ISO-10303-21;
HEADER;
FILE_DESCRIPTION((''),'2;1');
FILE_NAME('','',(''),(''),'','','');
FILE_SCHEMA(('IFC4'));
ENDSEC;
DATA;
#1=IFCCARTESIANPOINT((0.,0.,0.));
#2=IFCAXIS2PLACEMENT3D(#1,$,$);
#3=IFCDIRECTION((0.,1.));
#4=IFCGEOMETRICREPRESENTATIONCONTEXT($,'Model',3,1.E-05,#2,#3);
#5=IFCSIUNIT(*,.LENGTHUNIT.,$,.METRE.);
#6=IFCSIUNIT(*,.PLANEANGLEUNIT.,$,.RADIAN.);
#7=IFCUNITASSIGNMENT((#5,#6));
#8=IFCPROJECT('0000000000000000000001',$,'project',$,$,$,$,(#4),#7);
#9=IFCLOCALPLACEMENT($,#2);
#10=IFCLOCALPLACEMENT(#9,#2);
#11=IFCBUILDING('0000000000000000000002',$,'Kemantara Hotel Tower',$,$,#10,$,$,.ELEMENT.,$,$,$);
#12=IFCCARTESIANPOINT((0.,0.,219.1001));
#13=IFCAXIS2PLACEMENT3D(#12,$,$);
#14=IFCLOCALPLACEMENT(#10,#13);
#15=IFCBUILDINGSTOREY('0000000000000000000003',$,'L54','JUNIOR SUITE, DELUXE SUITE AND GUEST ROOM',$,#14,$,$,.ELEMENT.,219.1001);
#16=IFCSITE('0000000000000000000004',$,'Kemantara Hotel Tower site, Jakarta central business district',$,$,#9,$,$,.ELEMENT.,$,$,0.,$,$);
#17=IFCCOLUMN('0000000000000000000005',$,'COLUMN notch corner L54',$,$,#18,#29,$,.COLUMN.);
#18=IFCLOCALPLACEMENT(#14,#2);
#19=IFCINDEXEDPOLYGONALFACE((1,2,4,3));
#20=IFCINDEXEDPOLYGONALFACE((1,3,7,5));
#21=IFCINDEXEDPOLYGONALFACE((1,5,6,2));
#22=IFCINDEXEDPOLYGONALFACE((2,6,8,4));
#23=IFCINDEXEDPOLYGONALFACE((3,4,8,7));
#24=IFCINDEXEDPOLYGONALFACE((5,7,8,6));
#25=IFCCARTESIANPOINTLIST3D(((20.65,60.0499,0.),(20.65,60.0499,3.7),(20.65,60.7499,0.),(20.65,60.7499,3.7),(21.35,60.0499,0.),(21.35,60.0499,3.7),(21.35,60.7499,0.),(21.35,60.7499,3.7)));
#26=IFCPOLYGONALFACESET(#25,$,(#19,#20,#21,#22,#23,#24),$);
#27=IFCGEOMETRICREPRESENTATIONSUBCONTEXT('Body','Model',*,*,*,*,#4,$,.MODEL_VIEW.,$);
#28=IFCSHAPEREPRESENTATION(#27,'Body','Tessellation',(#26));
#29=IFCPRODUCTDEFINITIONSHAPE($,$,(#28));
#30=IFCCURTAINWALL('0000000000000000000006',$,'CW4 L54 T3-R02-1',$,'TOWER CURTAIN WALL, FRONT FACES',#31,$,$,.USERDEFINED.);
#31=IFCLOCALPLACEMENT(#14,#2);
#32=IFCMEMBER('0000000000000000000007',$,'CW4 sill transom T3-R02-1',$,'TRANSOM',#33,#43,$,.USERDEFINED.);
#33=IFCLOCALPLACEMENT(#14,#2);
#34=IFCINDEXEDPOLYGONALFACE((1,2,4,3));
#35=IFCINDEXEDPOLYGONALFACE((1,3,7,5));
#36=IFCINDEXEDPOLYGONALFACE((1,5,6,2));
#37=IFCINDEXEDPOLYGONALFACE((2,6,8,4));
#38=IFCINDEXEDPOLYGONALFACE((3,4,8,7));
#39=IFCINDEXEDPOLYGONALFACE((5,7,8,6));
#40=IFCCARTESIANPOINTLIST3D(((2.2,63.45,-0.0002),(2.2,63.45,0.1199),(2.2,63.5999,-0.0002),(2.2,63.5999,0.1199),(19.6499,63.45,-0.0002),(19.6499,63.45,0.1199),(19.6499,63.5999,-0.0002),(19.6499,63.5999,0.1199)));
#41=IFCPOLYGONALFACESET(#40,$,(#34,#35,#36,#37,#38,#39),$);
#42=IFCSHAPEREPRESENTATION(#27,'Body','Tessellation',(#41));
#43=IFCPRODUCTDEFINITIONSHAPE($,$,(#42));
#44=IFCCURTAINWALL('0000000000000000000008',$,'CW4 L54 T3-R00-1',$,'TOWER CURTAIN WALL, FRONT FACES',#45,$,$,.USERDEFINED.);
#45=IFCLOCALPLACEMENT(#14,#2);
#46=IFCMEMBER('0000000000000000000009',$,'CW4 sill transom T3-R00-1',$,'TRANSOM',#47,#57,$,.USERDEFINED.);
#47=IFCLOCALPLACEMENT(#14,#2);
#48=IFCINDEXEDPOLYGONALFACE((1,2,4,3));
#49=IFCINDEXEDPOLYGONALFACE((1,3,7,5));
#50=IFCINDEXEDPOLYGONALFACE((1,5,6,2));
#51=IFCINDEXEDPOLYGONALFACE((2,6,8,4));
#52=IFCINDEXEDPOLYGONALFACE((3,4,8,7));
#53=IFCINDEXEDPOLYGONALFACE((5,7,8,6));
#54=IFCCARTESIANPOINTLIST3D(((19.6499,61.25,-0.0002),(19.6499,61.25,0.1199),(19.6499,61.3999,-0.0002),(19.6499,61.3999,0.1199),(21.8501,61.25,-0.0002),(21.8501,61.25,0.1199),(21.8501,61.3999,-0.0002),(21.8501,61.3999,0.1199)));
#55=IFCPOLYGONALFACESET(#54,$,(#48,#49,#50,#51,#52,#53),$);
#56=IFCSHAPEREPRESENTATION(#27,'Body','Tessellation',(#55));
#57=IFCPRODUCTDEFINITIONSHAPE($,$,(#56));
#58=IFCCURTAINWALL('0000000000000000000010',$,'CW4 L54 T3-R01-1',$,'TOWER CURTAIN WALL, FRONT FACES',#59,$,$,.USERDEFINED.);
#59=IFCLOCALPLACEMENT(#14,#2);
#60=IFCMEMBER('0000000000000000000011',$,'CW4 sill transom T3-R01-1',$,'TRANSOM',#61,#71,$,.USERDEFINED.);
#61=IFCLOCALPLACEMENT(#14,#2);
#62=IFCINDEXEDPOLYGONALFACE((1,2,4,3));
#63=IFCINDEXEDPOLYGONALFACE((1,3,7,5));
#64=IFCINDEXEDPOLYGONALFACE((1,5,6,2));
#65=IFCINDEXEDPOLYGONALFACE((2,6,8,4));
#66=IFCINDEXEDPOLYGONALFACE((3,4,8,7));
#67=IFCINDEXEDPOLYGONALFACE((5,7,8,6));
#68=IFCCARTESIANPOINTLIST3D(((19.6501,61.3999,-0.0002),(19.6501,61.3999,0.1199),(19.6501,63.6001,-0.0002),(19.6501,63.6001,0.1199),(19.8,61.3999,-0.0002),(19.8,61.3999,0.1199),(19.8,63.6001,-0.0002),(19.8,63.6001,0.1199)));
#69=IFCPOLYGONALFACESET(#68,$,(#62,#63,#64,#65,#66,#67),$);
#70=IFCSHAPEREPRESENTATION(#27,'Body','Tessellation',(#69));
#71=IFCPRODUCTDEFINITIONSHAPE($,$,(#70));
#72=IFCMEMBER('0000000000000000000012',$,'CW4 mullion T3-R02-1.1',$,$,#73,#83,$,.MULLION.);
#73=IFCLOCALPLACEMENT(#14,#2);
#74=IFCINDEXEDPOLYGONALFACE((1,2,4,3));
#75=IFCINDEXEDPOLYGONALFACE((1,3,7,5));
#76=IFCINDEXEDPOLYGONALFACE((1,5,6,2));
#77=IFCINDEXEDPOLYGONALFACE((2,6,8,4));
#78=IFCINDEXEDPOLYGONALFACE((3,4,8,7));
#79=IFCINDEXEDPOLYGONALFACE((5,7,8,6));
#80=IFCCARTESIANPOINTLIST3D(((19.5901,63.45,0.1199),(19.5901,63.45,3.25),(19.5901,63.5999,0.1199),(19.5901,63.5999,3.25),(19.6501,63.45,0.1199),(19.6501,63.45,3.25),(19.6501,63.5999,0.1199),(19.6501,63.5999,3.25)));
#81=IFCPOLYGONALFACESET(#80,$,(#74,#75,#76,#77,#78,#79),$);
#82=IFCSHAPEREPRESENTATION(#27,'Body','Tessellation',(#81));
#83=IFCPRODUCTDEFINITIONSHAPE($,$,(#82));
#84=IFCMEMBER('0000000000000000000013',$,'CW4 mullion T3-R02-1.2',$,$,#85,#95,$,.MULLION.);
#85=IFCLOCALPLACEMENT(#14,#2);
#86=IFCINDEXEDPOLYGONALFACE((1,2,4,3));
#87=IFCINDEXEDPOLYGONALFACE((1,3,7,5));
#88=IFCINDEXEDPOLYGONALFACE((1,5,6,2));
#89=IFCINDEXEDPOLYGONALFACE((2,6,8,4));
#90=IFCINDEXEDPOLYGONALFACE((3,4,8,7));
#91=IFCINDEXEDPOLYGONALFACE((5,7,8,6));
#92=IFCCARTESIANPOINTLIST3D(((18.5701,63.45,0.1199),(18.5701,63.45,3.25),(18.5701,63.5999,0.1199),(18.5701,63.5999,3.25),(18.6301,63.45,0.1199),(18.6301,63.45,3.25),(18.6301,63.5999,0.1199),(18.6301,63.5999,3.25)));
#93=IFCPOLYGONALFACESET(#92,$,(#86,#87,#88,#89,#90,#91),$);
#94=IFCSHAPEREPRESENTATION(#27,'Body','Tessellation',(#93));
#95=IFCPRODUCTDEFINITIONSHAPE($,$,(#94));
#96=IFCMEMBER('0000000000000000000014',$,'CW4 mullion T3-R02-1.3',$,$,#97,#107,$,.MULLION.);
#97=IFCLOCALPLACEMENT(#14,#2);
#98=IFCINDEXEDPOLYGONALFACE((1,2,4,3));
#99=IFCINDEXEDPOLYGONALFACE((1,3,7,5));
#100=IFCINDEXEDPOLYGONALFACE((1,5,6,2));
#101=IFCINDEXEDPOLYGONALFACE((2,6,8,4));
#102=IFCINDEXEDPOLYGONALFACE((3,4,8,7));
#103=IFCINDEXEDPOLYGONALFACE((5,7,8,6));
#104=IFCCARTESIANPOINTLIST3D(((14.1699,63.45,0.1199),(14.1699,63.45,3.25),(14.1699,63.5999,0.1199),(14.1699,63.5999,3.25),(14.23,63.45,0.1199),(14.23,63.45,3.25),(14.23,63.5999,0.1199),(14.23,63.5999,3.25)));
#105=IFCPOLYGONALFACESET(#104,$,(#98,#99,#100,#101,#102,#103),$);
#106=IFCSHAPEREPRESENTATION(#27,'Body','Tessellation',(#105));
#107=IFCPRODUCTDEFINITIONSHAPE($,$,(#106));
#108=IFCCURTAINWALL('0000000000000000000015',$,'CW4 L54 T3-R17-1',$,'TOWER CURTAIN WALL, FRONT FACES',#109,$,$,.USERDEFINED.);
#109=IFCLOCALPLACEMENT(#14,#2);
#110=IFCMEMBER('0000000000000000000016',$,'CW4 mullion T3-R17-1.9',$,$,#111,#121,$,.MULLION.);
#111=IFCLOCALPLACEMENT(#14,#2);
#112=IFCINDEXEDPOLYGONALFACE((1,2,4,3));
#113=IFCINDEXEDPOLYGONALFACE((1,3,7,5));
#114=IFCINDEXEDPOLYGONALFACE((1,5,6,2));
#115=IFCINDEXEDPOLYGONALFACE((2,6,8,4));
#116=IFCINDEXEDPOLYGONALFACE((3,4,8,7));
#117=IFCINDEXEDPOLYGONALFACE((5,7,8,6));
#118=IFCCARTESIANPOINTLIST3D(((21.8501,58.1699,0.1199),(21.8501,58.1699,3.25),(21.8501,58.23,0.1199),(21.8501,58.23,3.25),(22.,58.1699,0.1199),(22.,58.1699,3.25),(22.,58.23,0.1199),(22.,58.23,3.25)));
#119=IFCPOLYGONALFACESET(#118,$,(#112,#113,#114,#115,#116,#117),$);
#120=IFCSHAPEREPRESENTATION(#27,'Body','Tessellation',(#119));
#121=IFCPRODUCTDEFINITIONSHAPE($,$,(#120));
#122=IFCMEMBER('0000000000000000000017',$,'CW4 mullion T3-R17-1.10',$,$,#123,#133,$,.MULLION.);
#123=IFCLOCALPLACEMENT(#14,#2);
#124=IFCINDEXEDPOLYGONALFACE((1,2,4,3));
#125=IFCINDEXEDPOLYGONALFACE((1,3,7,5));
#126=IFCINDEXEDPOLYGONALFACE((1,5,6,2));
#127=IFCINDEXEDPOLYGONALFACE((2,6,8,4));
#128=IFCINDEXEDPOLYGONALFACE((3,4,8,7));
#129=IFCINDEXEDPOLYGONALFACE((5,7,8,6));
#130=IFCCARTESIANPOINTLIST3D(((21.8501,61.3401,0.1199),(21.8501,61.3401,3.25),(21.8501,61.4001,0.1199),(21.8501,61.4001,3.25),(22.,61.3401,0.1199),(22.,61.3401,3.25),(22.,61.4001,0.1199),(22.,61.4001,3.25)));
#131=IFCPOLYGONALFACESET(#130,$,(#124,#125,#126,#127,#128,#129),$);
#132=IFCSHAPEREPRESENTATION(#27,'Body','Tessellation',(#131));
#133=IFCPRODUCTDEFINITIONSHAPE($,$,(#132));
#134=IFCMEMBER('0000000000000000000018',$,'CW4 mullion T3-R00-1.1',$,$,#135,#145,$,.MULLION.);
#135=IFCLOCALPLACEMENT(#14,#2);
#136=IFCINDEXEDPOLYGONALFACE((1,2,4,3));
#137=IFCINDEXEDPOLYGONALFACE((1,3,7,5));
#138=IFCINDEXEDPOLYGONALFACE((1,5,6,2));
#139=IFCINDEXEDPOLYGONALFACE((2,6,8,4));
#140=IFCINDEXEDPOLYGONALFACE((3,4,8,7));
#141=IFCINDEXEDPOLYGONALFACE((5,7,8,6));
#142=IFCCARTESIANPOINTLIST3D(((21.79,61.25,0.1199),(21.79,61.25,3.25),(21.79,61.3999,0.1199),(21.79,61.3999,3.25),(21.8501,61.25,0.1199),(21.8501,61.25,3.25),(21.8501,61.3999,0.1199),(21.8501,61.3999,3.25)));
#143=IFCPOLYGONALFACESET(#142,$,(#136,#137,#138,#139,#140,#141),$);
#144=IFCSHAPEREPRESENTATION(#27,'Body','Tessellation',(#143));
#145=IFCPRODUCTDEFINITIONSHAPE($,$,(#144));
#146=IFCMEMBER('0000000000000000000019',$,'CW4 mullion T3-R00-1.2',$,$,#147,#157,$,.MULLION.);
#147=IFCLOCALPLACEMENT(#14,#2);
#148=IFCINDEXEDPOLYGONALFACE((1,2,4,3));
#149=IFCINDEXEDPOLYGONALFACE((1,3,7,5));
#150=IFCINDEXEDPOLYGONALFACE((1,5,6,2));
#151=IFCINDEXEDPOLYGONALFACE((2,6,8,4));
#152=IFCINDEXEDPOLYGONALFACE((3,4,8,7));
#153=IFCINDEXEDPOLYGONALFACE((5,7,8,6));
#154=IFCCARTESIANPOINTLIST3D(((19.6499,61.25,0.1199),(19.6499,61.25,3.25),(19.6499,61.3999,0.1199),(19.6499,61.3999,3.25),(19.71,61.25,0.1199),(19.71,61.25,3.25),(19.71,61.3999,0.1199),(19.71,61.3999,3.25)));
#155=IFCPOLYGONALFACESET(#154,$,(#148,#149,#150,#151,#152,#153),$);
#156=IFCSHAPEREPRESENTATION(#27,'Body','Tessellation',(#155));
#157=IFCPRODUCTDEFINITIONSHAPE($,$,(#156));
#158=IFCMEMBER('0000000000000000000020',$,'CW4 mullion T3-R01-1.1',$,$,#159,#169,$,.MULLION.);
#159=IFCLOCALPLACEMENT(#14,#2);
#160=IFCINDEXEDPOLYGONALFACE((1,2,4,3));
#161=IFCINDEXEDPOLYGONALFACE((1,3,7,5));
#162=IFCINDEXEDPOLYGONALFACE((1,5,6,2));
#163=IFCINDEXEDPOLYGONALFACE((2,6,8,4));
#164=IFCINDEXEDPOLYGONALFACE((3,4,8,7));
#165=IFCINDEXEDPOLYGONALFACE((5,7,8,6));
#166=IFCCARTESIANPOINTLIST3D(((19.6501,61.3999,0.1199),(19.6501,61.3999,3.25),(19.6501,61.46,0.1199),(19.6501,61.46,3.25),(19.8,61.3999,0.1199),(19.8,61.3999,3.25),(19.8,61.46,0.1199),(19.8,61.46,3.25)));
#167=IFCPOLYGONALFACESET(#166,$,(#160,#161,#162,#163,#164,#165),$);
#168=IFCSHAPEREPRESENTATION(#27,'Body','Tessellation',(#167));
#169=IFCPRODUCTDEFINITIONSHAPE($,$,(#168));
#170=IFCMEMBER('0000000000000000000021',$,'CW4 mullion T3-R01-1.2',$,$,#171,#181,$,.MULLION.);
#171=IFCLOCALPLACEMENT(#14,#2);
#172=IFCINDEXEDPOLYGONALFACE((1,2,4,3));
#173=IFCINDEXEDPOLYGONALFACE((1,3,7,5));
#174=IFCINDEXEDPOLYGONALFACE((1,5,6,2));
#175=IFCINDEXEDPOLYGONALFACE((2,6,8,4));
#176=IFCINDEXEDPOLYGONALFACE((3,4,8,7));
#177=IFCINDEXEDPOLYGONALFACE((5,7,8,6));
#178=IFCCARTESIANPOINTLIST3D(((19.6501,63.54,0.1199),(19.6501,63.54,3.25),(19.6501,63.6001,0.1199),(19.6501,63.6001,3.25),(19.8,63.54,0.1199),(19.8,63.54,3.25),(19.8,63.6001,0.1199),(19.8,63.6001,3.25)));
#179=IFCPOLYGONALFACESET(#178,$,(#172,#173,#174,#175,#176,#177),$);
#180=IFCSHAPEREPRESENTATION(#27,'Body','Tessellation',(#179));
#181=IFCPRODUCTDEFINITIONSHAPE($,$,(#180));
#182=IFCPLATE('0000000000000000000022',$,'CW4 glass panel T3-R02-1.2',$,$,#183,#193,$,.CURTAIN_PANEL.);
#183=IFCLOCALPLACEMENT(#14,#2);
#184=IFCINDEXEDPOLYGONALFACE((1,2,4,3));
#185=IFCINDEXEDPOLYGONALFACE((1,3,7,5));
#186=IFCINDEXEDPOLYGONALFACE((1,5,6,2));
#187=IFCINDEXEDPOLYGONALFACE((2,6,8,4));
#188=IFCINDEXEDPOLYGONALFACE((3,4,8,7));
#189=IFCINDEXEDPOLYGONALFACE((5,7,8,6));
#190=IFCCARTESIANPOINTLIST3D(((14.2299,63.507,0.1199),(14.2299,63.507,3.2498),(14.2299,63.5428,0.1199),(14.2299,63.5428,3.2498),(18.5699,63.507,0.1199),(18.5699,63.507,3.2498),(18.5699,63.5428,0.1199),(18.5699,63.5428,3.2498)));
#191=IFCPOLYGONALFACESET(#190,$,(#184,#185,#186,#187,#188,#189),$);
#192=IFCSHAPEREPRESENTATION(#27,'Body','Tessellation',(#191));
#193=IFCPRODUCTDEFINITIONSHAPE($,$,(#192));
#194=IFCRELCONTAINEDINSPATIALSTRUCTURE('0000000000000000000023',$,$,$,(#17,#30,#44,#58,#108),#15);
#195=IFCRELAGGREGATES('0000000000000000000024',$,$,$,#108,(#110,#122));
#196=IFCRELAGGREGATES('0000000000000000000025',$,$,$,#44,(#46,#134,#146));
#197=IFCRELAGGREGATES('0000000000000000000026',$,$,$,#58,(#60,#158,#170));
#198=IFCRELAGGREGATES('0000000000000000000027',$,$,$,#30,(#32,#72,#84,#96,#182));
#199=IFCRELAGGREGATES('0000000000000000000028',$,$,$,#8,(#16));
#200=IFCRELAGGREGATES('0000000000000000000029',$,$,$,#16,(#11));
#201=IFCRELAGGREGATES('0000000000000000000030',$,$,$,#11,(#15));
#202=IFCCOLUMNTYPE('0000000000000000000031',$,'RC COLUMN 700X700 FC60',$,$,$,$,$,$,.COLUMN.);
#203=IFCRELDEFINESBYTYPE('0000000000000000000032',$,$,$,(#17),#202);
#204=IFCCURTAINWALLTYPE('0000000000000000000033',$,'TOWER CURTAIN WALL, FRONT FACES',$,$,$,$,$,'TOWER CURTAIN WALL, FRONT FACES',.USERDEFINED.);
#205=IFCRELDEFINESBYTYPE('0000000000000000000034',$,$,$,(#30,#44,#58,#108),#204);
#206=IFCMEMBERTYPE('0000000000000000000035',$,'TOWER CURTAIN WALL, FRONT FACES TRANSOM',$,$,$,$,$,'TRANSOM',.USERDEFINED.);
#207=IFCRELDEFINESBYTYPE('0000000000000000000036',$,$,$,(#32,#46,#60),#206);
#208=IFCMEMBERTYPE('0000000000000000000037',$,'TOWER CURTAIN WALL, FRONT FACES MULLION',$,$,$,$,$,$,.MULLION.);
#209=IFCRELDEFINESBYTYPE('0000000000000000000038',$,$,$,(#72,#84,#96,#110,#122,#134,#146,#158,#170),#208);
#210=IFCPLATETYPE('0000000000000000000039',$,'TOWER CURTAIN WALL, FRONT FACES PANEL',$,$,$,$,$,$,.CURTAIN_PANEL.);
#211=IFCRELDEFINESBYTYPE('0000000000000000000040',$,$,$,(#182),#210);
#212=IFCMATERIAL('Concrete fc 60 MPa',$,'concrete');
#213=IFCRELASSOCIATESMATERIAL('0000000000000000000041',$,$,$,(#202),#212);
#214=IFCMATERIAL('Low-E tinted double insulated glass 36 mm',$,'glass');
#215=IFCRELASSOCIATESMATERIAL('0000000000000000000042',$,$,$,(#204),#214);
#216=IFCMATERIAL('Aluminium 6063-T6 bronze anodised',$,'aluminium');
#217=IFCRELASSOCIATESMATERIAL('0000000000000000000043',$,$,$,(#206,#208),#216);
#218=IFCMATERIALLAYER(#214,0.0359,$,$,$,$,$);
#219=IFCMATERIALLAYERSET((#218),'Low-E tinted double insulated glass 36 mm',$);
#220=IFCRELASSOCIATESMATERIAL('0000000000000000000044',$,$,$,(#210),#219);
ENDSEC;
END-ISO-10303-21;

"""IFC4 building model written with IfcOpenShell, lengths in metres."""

from ifc_helpers import new_model, si_unit, direction, frame, origin, origin_2d, place, context, subcontext, project, spatial, rectangle, extrude, source, transform, mapped, material, layer, layer_set, material_profile, profile_set, type_object, element, aggregate, save


model = new_model("IFC4")

# Units and contexts
model_context = context("Model", 3, precision=1e-05, world=origin(), true_north=direction((0.0, 1.0)))
body_context = subcontext(model_context, "Body", "Model", "MODEL_VIEW")
ifc_project = project(units=[si_unit("LENGTHUNIT", "METRE"), si_unit("PLANEANGLEUNIT", "RADIAN")], contexts=[model_context])

# Site, building, storey
site_placement = place(None, origin())
site = spatial("IfcSite", under=ifc_project, at=site_placement, Name="Kemantara Hotel Tower site, Jakarta central business district", CompositionType="ELEMENT", RefElevation=0.0)
building_placement = place(site_placement, origin())
building = spatial("IfcBuilding", under=site, at=building_placement, Name="Kemantara Hotel Tower", CompositionType="ELEMENT")
storey_placement = place(building_placement, frame((0.0, 0.0, 219.1001)))
storey = spatial("IfcBuildingStorey", under=building, at=storey_placement, Name="L54", Description="JUNIOR SUITE, DELUXE SUITE AND GUEST ROOM", CompositionType="ELEMENT", Elevation=219.1001)

# Column
ifc_material_1 = material(Name="Concrete fc 60 MPa", Category="concrete")
ifc_material_profile_1 = material_profile(ifc_material_1, rectangle(XDim=0.7, YDim=0.7, at=origin_2d()), Name="RC 700X700")
ifc_profile_set_1 = profile_set([ifc_material_profile_1], Name="Concrete fc 60 MPa")
column_type = type_object("IfcColumnType", Name="RC COLUMN 700X700 FC60", PredefinedType="COLUMN", material=ifc_profile_set_1)
column_placement = place(storey_placement, frame((21.0, 60.3999, 0.0), z_axis=(0.0, 0.0, 1.0), x_axis=(1.0, 0.0, 0.0)))
element("IfcColumn", 1, at=column_placement, inside=storey, type_object=column_type, Name="COLUMN notch corner L54", PredefinedType="COLUMN", context=body_context, shape_type="SweptSolid", body=[
    extrude(rectangle(XDim=0.7, YDim=0.7, at=origin_2d()), origin(), (0.0, 0.0, 1.0), 3.7),
])

# Curtain walls, members
ifc_material_2 = material(Name="Low-E tinted double insulated glass 36 mm", Category="glass")
curtain_wall_type = type_object("IfcCurtainWallType", Name="TOWER CURTAIN WALL, FRONT FACES", ElementType="TOWER CURTAIN WALL, FRONT FACES", PredefinedType="USERDEFINED", material=ifc_material_2)
curtain_wall_1_placement = place(storey_placement, origin())
curtain_wall_1 = element("IfcCurtainWall", 2, at=curtain_wall_1_placement, inside=storey, type_object=curtain_wall_type, Name="CW4 L54 T3-R02-1", ObjectType="TOWER CURTAIN WALL, FRONT FACES", PredefinedType="USERDEFINED")
ifc_material_3 = material(Name="Aluminium 6063-T6 bronze anodised", Category="aluminium")
ifc_material_profile_2 = material_profile(ifc_material_3, rectangle(XDim=0.1499, YDim=0.1201, at=origin_2d()), Name="TOWER CURTAIN WALL, FRONT FACES TRANSOM")
ifc_profile_set_2 = profile_set([ifc_material_profile_2], Name="Aluminium 6063-T6 bronze anodised")
member_type_1 = type_object("IfcMemberType", Name="TOWER CURTAIN WALL, FRONT FACES TRANSOM", ElementType="TRANSOM", PredefinedType="USERDEFINED", material=ifc_profile_set_2)
member_1_placement = place(storey_placement, frame((19.6499, 63.5249, 0.0598), z_axis=(-1.0, 0.0, 0.0), x_axis=(0.0, -1.0, 0.0)))
member_1 = element("IfcMember", 3, at=member_1_placement, type_object=member_type_1, Name="CW4 sill transom T3-R02-1", ObjectType="TRANSOM", PredefinedType="USERDEFINED", context=body_context, shape_type="SweptSolid", body=[
    extrude(rectangle(XDim=0.1499, YDim=0.1201, at=origin_2d()), origin(), (0.0, 0.0, 1.0), 17.45),
])
curtain_wall_2_placement = place(storey_placement, origin())
curtain_wall_2 = element("IfcCurtainWall", 4, at=curtain_wall_2_placement, inside=storey, type_object=curtain_wall_type, Name="CW4 L54 T3-R00-1", ObjectType="TOWER CURTAIN WALL, FRONT FACES", PredefinedType="USERDEFINED")
member_2_placement = place(storey_placement, frame((21.8501, 61.325, 0.0598), z_axis=(-1.0, 0.0, 0.0), x_axis=(0.0, -1.0, 0.0)))
member_2 = element("IfcMember", 5, at=member_2_placement, type_object=member_type_1, Name="CW4 sill transom T3-R00-1", ObjectType="TRANSOM", PredefinedType="USERDEFINED", context=body_context, shape_type="SweptSolid", body=[
    extrude(rectangle(XDim=0.1499, YDim=0.1201, at=origin_2d()), origin(), (0.0, 0.0, 1.0), 2.2002),
])
curtain_wall_3_placement = place(storey_placement, origin())
curtain_wall_3 = element("IfcCurtainWall", 6, at=curtain_wall_3_placement, inside=storey, type_object=curtain_wall_type, Name="CW4 L54 T3-R01-1", ObjectType="TOWER CURTAIN WALL, FRONT FACES", PredefinedType="USERDEFINED")
member_3_placement = place(storey_placement, frame((19.7251, 61.3999, 0.0598), z_axis=(0.0, 1.0, 0.0), x_axis=(-1.0, 0.0, 0.0)))
member_3 = element("IfcMember", 7, at=member_3_placement, type_object=member_type_1, Name="CW4 sill transom T3-R01-1", ObjectType="TRANSOM", PredefinedType="USERDEFINED", context=body_context, shape_type="SweptSolid", body=[
    extrude(rectangle(XDim=0.1499, YDim=0.1201, at=origin_2d()), origin(), (0.0, 0.0, 1.0), 2.2002),
])

# Members
ifc_material_profile_3 = material_profile(ifc_material_3, rectangle(XDim=0.1499, YDim=0.0601, at=origin_2d()), Name="TOWER CURTAIN WALL, FRONT FACES MULLION")
ifc_profile_set_3 = profile_set([ifc_material_profile_3], Name="Aluminium 6063-T6 bronze anodised")
member_type_2 = type_object("IfcMemberType", Name="TOWER CURTAIN WALL, FRONT FACES MULLION", PredefinedType="MULLION", material=ifc_profile_set_3)
shared_shape_1 = source(origin(), body_context, "Body", "SweptSolid", [
    extrude(rectangle(XDim=0.1499, YDim=0.0601, at=origin_2d()), origin(), (0.0, 0.0, 1.0), 3.1301),
])
member_4_placement = place(storey_placement, frame((19.6201, 63.5249, 0.1199), z_axis=(0.0, 0.0, 1.0), x_axis=(0.0, -1.0, 0.0)))
member_4 = element("IfcMember", 8, at=member_4_placement, type_object=member_type_2, Name="CW4 mullion T3-R02-1.1", PredefinedType="MULLION", context=body_context, shape_type="MappedRepresentation", body=[
    mapped(shared_shape_1, transform((0.0, 0.0, 0.0))),
])
member_5_placement = place(storey_placement, frame((18.6001, 63.5249, 0.1199), z_axis=(0.0, 0.0, 1.0), x_axis=(0.0, -1.0, 0.0)))
member_5 = element("IfcMember", 9, at=member_5_placement, type_object=member_type_2, Name="CW4 mullion T3-R02-1.2", PredefinedType="MULLION", context=body_context, shape_type="MappedRepresentation", body=[
    mapped(shared_shape_1, transform((0.0, 0.0, 0.0))),
])
member_6_placement = place(storey_placement, frame((14.2, 63.5249, 0.1199), z_axis=(0.0, 0.0, 1.0), x_axis=(0.0, -1.0, 0.0)))
member_6 = element("IfcMember", 10, at=member_6_placement, type_object=member_type_2, Name="CW4 mullion T3-R02-1.3", PredefinedType="MULLION", context=body_context, shape_type="MappedRepresentation", body=[
    mapped(shared_shape_1, transform((0.0, 0.0, 0.0))),
])

# Curtain wall, members
curtain_wall_4_placement = place(storey_placement, origin())
curtain_wall_4 = element("IfcCurtainWall", 11, at=curtain_wall_4_placement, inside=storey, type_object=curtain_wall_type, Name="CW4 L54 T3-R17-1", ObjectType="TOWER CURTAIN WALL, FRONT FACES", PredefinedType="USERDEFINED")
member_7_placement = place(storey_placement, frame((21.925, 58.2, 0.1199), z_axis=(0.0, 0.0, 1.0), x_axis=(-1.0, 0.0, 0.0)))
member_7 = element("IfcMember", 12, at=member_7_placement, type_object=member_type_2, Name="CW4 mullion T3-R17-1.9", PredefinedType="MULLION", context=body_context, shape_type="MappedRepresentation", body=[
    mapped(shared_shape_1, transform((0.0, 0.0, 0.0))),
])
member_8_placement = place(storey_placement, frame((21.925, 61.3701, 0.1199), z_axis=(0.0, 0.0, 1.0), x_axis=(-1.0, 0.0, 0.0)))
member_8 = element("IfcMember", 13, at=member_8_placement, type_object=member_type_2, Name="CW4 mullion T3-R17-1.10", PredefinedType="MULLION", context=body_context, shape_type="MappedRepresentation", body=[
    mapped(shared_shape_1, transform((0.0, 0.0, 0.0))),
])
aggregate(curtain_wall_4, [member_7, member_8])

# Members
member_9_placement = place(storey_placement, frame((21.8201, 61.325, 0.1199), z_axis=(0.0, 0.0, 1.0), x_axis=(0.0, -1.0, 0.0)))
member_9 = element("IfcMember", 14, at=member_9_placement, type_object=member_type_2, Name="CW4 mullion T3-R00-1.1", PredefinedType="MULLION", context=body_context, shape_type="MappedRepresentation", body=[
    mapped(shared_shape_1, transform((0.0, 0.0, 0.0))),
])
member_10_placement = place(storey_placement, frame((19.6799, 61.325, 0.1199), z_axis=(0.0, 0.0, 1.0), x_axis=(0.0, -1.0, 0.0)))
member_10 = element("IfcMember", 15, at=member_10_placement, type_object=member_type_2, Name="CW4 mullion T3-R00-1.2", PredefinedType="MULLION", context=body_context, shape_type="MappedRepresentation", body=[
    mapped(shared_shape_1, transform((0.0, 0.0, 0.0))),
])
member_11_placement = place(storey_placement, frame((19.7251, 61.4299, 0.1199), z_axis=(0.0, 0.0, 1.0), x_axis=(-1.0, 0.0, 0.0)))
member_11 = element("IfcMember", 16, at=member_11_placement, type_object=member_type_2, Name="CW4 mullion T3-R01-1.1", PredefinedType="MULLION", context=body_context, shape_type="MappedRepresentation", body=[
    mapped(shared_shape_1, transform((0.0, 0.0, 0.0))),
])
member_12_placement = place(storey_placement, frame((19.7251, 63.5701, 0.1199), z_axis=(0.0, 0.0, 1.0), x_axis=(-1.0, 0.0, 0.0)))
member_12 = element("IfcMember", 17, at=member_12_placement, type_object=member_type_2, Name="CW4 mullion T3-R01-1.2", PredefinedType="MULLION", context=body_context, shape_type="MappedRepresentation", body=[
    mapped(shared_shape_1, transform((0.0, 0.0, 0.0))),
])

# Plate
ifc_layer_1 = layer(ifc_material_2, 0.0359)
ifc_layer_set_1 = layer_set([ifc_layer_1], Name="Low-E tinted double insulated glass 36 mm")
plate_type = type_object("IfcPlateType", Name="TOWER CURTAIN WALL, FRONT FACES PANEL", PredefinedType="CURTAIN_PANEL", material=ifc_layer_set_1)
shared_shape_2 = source(origin(), body_context, "Body", "SweptSolid", [
    extrude(rectangle(XDim=4.3401, YDim=0.0359, at=origin_2d()), origin(), (0.0, 0.0, 1.0), 3.1299),
])
plate_1_placement = place(storey_placement, frame((16.3999, 63.5249, 0.1199), z_axis=(0.0, 0.0, 1.0), x_axis=(-1.0, 0.0, 0.0)))
plate_1 = element("IfcPlate", 18, at=plate_1_placement, type_object=plate_type, Name="CW4 glass panel T3-R02-1.2", PredefinedType="CURTAIN_PANEL", context=body_context, shape_type="MappedRepresentation", body=[
    mapped(shared_shape_2, transform((0.0, 0.0, 0.0))),
])
aggregate(curtain_wall_2, [member_2, member_9, member_10])
aggregate(curtain_wall_3, [member_3, member_11, member_12])
aggregate(curtain_wall_1, [member_1, member_4, member_5, member_6, plate_1])

save(model, "model.ifc")
